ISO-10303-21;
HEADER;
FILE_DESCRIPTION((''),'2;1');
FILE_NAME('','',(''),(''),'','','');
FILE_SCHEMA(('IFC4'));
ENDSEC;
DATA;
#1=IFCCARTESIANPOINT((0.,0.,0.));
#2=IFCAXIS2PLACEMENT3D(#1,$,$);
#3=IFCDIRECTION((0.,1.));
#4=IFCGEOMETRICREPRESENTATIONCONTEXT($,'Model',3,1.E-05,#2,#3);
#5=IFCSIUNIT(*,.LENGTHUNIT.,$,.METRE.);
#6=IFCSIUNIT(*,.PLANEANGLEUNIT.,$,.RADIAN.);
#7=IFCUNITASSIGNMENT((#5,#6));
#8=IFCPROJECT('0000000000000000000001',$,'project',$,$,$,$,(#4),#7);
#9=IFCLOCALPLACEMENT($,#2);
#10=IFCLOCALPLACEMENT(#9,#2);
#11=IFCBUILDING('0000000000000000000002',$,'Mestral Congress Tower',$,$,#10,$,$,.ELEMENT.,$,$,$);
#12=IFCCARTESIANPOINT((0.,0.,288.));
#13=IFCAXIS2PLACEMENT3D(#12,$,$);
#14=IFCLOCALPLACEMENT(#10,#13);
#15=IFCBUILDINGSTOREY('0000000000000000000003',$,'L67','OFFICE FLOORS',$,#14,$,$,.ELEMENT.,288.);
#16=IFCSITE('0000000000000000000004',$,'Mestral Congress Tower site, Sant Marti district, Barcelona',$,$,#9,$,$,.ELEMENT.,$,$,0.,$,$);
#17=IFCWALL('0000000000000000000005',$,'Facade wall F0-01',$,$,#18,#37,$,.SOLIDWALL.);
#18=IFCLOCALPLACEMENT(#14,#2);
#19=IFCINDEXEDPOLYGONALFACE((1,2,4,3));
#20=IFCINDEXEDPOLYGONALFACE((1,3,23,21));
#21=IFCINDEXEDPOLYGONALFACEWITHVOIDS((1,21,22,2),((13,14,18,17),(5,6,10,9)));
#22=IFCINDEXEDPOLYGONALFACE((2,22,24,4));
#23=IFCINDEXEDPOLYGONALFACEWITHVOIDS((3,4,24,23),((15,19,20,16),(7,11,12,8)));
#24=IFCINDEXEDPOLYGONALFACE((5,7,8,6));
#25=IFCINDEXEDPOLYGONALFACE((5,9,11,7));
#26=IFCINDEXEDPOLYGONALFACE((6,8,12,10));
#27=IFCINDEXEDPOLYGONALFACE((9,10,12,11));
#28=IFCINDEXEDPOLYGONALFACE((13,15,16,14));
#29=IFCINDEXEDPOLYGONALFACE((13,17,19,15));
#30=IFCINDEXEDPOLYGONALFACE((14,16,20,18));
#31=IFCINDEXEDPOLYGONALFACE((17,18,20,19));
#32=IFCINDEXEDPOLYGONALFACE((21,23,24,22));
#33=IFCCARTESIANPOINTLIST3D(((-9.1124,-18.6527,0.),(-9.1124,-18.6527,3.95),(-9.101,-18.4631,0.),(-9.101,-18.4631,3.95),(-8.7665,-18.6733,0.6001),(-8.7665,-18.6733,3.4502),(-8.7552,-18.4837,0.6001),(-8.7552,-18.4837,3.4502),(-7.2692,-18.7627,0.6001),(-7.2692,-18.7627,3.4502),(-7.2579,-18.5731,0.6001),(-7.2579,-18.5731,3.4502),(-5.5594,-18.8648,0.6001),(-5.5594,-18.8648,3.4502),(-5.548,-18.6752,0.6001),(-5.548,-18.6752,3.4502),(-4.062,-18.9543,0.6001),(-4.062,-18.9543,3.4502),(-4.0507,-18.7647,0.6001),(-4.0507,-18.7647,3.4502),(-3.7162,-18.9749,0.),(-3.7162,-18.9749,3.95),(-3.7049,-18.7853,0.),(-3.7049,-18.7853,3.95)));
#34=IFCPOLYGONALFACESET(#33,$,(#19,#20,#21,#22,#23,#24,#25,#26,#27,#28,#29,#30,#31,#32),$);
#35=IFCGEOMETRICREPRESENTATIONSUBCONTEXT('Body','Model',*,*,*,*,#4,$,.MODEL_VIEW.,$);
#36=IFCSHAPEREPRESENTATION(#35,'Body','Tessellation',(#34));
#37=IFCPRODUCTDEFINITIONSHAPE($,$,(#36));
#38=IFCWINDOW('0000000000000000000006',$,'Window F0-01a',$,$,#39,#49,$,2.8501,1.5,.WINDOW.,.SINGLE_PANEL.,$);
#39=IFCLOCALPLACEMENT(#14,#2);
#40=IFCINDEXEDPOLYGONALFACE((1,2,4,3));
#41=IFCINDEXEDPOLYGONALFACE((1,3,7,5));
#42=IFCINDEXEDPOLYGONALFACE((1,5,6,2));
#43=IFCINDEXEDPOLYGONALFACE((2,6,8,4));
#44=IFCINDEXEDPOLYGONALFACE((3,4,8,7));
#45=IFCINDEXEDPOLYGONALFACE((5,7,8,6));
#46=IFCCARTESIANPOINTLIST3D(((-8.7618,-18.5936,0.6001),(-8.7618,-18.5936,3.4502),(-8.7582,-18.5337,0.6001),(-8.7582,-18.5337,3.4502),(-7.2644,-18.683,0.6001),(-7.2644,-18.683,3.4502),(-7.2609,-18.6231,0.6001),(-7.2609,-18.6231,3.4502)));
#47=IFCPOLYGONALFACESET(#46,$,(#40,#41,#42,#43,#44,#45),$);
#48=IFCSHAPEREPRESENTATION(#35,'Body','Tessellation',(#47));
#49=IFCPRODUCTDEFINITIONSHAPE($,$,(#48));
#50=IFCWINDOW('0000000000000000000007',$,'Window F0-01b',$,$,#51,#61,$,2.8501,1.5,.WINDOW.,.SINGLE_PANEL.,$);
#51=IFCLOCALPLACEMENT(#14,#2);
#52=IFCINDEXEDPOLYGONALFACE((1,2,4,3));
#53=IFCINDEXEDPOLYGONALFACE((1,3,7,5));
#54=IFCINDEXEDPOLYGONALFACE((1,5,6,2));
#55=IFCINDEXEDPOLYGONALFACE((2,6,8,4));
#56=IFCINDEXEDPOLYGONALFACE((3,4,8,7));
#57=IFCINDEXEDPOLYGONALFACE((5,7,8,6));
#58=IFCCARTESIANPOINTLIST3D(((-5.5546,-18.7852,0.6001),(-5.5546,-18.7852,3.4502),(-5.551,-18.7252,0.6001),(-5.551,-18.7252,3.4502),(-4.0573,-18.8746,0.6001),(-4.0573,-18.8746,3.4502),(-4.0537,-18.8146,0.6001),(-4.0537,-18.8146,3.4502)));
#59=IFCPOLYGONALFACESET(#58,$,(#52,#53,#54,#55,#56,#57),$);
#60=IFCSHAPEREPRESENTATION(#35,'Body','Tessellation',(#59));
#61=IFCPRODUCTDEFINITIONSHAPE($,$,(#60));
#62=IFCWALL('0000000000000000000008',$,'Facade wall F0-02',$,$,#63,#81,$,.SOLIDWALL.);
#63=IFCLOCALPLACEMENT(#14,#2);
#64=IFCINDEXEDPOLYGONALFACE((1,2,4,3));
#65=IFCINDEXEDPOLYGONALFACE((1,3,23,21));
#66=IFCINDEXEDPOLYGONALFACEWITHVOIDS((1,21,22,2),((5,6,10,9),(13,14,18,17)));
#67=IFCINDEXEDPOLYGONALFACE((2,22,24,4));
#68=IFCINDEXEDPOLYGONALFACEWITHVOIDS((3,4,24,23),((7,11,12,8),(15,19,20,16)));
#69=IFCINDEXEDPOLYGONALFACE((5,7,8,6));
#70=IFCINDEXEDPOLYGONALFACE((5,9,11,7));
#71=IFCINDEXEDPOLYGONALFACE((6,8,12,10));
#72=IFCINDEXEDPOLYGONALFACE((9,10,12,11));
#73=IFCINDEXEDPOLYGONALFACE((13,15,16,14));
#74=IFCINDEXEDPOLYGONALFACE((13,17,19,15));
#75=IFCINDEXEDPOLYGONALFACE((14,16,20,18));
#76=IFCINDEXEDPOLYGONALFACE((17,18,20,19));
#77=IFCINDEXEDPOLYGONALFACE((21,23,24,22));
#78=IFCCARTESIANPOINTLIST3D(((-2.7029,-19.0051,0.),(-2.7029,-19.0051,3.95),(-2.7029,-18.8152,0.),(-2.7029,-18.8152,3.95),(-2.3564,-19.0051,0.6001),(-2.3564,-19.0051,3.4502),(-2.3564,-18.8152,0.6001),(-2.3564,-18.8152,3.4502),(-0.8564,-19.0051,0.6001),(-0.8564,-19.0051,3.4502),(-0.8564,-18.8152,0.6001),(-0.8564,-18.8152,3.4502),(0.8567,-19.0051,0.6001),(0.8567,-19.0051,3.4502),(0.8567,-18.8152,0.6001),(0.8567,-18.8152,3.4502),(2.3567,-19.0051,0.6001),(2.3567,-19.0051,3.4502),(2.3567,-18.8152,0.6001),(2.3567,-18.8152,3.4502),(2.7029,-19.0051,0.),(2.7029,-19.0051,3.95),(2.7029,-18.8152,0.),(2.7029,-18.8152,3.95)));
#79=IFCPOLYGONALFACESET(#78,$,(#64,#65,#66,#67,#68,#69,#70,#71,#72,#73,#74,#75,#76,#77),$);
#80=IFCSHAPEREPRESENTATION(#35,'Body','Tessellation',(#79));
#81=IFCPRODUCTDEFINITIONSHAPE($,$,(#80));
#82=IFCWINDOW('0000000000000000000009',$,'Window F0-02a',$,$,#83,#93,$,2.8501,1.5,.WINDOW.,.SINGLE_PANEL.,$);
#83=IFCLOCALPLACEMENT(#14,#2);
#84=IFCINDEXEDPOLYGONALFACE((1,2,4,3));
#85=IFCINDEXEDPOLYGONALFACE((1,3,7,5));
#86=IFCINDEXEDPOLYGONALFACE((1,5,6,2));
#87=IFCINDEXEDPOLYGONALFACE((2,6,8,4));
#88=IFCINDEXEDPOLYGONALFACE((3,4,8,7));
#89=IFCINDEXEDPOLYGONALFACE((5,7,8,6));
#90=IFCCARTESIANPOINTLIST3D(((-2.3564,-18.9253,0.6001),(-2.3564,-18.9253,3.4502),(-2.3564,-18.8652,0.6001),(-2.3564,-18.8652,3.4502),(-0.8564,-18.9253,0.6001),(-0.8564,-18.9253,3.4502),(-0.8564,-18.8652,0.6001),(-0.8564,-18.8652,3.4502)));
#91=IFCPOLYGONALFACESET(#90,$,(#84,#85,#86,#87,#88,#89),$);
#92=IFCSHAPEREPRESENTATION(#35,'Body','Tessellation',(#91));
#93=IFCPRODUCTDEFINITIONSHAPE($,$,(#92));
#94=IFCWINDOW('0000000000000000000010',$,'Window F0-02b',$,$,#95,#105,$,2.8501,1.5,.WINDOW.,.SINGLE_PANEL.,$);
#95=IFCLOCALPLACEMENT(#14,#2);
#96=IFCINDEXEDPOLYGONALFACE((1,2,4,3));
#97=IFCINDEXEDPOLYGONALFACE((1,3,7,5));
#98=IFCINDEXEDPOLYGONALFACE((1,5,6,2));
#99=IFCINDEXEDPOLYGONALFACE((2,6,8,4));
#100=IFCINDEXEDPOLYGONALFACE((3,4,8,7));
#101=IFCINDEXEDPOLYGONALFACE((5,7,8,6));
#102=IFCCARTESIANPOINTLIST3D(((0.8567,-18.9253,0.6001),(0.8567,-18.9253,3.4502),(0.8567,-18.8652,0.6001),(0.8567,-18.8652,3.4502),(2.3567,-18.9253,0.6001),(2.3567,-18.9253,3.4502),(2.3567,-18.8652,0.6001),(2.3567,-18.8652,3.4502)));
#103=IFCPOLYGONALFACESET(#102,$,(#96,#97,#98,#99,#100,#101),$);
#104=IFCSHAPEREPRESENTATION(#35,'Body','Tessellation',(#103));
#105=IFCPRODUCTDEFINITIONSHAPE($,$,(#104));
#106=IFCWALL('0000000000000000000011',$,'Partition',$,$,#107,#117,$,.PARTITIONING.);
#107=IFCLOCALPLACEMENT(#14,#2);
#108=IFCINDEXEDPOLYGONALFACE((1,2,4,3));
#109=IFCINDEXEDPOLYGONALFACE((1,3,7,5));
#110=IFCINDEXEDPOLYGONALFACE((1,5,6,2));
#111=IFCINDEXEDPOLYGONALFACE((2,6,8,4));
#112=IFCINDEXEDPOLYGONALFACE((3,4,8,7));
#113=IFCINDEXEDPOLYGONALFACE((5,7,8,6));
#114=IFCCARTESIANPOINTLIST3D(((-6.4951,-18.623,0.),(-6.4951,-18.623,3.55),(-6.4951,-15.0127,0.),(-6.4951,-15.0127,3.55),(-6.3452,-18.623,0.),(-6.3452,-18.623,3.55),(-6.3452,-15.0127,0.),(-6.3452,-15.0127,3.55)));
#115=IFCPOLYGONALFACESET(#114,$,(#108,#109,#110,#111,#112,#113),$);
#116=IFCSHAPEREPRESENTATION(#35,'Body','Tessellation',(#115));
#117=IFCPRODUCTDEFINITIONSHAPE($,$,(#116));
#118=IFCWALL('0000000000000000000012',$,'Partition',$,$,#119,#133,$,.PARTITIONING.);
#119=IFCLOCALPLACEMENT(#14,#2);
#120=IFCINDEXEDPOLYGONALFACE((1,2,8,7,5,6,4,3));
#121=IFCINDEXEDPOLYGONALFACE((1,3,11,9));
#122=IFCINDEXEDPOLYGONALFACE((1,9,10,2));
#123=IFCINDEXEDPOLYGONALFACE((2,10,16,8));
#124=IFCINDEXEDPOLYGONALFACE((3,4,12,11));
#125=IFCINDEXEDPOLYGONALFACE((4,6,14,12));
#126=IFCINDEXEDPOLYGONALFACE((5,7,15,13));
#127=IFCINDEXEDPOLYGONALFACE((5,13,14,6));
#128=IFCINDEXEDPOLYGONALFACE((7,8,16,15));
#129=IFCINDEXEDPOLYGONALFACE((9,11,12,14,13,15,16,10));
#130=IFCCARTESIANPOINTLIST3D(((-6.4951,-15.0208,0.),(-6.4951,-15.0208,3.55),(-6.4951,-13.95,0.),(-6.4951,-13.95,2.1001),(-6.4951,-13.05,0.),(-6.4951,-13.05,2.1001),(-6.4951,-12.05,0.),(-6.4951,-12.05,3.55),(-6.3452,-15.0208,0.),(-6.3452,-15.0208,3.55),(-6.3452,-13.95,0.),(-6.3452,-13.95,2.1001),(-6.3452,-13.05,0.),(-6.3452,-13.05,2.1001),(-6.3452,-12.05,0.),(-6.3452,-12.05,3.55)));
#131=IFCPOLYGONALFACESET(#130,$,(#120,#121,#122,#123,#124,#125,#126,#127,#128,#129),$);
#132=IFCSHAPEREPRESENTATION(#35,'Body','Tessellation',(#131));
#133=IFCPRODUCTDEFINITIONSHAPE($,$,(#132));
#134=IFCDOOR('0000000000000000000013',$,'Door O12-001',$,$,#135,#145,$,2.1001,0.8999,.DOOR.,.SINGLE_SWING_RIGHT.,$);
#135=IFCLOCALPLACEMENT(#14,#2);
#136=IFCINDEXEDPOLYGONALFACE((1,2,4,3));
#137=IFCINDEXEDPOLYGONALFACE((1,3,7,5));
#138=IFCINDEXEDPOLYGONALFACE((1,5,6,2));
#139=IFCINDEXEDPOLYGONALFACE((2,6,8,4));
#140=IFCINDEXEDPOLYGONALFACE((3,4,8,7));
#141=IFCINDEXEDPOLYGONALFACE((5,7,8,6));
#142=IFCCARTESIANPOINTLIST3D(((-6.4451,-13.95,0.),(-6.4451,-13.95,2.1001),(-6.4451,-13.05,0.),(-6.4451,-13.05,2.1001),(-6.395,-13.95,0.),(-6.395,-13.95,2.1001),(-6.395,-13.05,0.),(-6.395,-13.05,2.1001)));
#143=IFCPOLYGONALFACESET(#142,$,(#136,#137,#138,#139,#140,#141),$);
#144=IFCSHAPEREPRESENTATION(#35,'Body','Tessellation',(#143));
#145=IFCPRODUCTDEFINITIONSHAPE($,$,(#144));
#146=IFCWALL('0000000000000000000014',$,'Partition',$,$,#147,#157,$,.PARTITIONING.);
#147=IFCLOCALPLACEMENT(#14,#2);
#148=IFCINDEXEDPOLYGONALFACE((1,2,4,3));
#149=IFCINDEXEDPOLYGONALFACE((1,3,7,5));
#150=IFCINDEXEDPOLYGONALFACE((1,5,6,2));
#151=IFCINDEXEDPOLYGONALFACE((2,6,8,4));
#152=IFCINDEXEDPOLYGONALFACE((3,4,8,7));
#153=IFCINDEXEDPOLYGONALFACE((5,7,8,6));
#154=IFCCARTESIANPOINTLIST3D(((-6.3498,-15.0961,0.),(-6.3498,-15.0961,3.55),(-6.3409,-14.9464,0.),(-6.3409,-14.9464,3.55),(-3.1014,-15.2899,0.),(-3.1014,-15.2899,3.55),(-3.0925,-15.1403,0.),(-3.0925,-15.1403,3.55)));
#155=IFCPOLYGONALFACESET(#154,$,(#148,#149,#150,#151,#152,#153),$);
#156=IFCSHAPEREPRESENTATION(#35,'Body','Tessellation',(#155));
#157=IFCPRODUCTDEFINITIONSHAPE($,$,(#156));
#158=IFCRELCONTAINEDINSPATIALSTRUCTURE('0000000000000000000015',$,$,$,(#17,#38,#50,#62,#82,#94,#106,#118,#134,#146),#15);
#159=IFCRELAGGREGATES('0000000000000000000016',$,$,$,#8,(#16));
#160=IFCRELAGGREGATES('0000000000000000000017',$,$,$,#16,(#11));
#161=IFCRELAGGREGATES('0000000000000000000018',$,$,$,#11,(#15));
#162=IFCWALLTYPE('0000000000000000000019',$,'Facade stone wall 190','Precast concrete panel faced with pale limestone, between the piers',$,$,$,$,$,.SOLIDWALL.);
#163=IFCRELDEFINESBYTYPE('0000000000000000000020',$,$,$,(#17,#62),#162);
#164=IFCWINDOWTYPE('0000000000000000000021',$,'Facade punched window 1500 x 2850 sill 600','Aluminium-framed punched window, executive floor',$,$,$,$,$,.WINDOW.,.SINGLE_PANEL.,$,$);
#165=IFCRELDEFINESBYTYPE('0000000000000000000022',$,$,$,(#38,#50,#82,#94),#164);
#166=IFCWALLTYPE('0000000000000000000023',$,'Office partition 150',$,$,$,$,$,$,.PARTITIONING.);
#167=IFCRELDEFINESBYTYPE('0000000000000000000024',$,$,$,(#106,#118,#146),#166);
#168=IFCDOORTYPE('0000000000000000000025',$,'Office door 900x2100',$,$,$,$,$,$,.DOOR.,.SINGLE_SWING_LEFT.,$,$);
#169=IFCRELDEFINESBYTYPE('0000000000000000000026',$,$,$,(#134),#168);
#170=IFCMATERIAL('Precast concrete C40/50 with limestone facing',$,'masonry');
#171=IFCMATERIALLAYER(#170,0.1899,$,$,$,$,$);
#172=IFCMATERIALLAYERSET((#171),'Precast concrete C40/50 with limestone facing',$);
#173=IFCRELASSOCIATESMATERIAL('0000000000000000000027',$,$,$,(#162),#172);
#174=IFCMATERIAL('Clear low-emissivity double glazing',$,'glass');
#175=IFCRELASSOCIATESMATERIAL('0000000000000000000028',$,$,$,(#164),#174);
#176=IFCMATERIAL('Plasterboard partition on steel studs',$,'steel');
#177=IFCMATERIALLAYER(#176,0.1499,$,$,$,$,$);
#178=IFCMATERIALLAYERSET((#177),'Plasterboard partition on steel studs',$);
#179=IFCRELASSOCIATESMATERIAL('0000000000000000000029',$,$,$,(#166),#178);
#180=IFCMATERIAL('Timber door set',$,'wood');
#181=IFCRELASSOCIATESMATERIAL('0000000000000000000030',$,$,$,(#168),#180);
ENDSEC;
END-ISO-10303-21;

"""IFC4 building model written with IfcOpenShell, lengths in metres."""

from ifc_helpers import new_model, si_unit, direction, frame, frame_2d, origin, place, context, subcontext, project, spatial, rectangle, extrude, material, layer, layer_set, type_object, element, fill, save


model = new_model("IFC4")

# Units and contexts
model_context = context("Model", 3, precision=1e-05, world=origin(), true_north=direction((0.0, 1.0)))
body_context = subcontext(model_context, "Body", "Model", "MODEL_VIEW")
ifc_project = project(units=[si_unit("LENGTHUNIT", "METRE"), si_unit("PLANEANGLEUNIT", "RADIAN")], contexts=[model_context])

# Site, building, storey
site_placement = place(None, origin())
site = spatial("IfcSite", under=ifc_project, at=site_placement, Name="Mestral Congress Tower site, Sant Marti district, Barcelona", CompositionType="ELEMENT", RefElevation=0.0)
building_placement = place(site_placement, origin())
building = spatial("IfcBuilding", under=site, at=building_placement, Name="Mestral Congress Tower", CompositionType="ELEMENT")
storey_placement = place(building_placement, frame((0.0, 0.0, 288.0)))
storey = spatial("IfcBuildingStorey", under=building, at=storey_placement, Name="L67", Description="OFFICE FLOORS", CompositionType="ELEMENT", Elevation=288.0)

# Walls, openings, windows
ifc_material_1 = material(Name="Precast concrete C40/50 with limestone facing", Category="masonry")
ifc_layer_1 = layer(ifc_material_1, 0.1899)
ifc_layer_set_1 = layer_set([ifc_layer_1], Name="Precast concrete C40/50 with limestone facing")
wall_type_1 = type_object("IfcWallType", Name="Facade stone wall 190", Description="Precast concrete panel faced with pale limestone, between the piers", PredefinedType="SOLIDWALL", material=ifc_layer_set_1)
wall_1_placement = place(storey_placement, frame((-9.1067, -18.5579, 0.0), z_axis=(0.0, 0.0, 1.0), x_axis=(0.998221, -0.059614, 0.0)))
wall_1 = element("IfcWall", 1, at=wall_1_placement, inside=storey, type_object=wall_type_1, Name="Facade wall F0-01", PredefinedType="SOLIDWALL", context=body_context, shape_type="SweptSolid", body=[
    extrude(rectangle(XDim=5.4058, YDim=0.1899, at=frame_2d((2.7029, 0.0))), origin(), (0.0, 0.0, 1.0), 3.95),
])
opening_1_placement = place(wall_1_placement, frame((0.3464, 0.0, 0.6001)))
opening_1 = element("IfcOpeningElement", 2, at=opening_1_placement, cuts=wall_1, PredefinedType="OPENING", context=body_context, shape_type="SweptSolid", body=[
    extrude(rectangle(XDim=1.5, YDim=2.8501, at=frame_2d((0.75, 1.425))), frame((0.0, 0.105, 0.0), z_axis=(0.0, -1.0, 0.0), x_axis=(1.0, 0.0, 0.0)), (0.0, 0.0, 1.0), 0.21),
])
opening_2_placement = place(wall_1_placement, frame((3.5593, 0.0, 0.6001)))
opening_2 = element("IfcOpeningElement", 3, at=opening_2_placement, cuts=wall_1, PredefinedType="OPENING", context=body_context, shape_type="SweptSolid", body=[
    extrude(rectangle(XDim=1.5, YDim=2.8501, at=frame_2d((0.75, 1.425))), frame((0.0, 0.105, 0.0), z_axis=(0.0, -1.0, 0.0), x_axis=(1.0, 0.0, 0.0)), (0.0, 0.0, 1.0), 0.21),
])
ifc_material_2 = material(Name="Clear low-emissivity double glazing", Category="glass")
window_type = type_object("IfcWindowType", Name="Facade punched window 1500 x 2850 sill 600", Description="Aluminium-framed punched window, executive floor", PartitioningType="SINGLE_PANEL", PredefinedType="WINDOW", material=ifc_material_2)
window_1_placement = place(opening_1_placement, origin())
window_1 = element("IfcWindow", 4, at=window_1_placement, inside=storey, type_object=window_type, Name="Window F0-01a", OverallHeight=2.8501, OverallWidth=1.5, PartitioningType="SINGLE_PANEL", PredefinedType="WINDOW", context=body_context, shape_type="SweptSolid", body=[
    extrude(rectangle(XDim=1.5, YDim=2.8501, at=frame_2d((0.75, 1.425))), frame((0.0, 0.0449, 0.0), z_axis=(0.0, -1.0, 0.0), x_axis=(1.0, 0.0, 0.0)), (0.0, 0.0, 1.0), 0.0601),
])
fill(opening_1, window_1)
window_2_placement = place(opening_2_placement, origin())
window_2 = element("IfcWindow", 5, at=window_2_placement, inside=storey, type_object=window_type, Name="Window F0-01b", OverallHeight=2.8501, OverallWidth=1.5, PartitioningType="SINGLE_PANEL", PredefinedType="WINDOW", context=body_context, shape_type="SweptSolid", body=[
    extrude(rectangle(XDim=1.5, YDim=2.8501, at=frame_2d((0.75, 1.425))), frame((0.0, 0.0449, 0.0), z_axis=(0.0, -1.0, 0.0), x_axis=(1.0, 0.0, 0.0)), (0.0, 0.0, 1.0), 0.0601),
])
fill(opening_2, window_2)
wall_2_placement = place(storey_placement, frame((-2.7029, -18.9102, 0.0), z_axis=(0.0, 0.0, 1.0), x_axis=(1.0, 0.0, 0.0)))
wall_2 = element("IfcWall", 6, at=wall_2_placement, inside=storey, type_object=wall_type_1, Name="Facade wall F0-02", PredefinedType="SOLIDWALL", context=body_context, shape_type="SweptSolid", body=[
    extrude(rectangle(XDim=5.4058, YDim=0.1899, at=frame_2d((2.7029, 0.0))), origin(), (0.0, 0.0, 1.0), 3.95),
])
opening_3_placement = place(wall_2_placement, frame((0.3464, 0.0, 0.6001)))
opening_3 = element("IfcOpeningElement", 7, at=opening_3_placement, cuts=wall_2, PredefinedType="OPENING", context=body_context, shape_type="SweptSolid", body=[
    extrude(rectangle(XDim=1.5, YDim=2.8501, at=frame_2d((0.75, 1.425))), frame((0.0, 0.105, 0.0), z_axis=(0.0, -1.0, 0.0), x_axis=(1.0, 0.0, 0.0)), (0.0, 0.0, 1.0), 0.21),
])
opening_4_placement = place(wall_2_placement, frame((3.5596, 0.0, 0.6001)))
opening_4 = element("IfcOpeningElement", 8, at=opening_4_placement, cuts=wall_2, PredefinedType="OPENING", context=body_context, shape_type="SweptSolid", body=[
    extrude(rectangle(XDim=1.5, YDim=2.8501, at=frame_2d((0.75, 1.425))), frame((0.0, 0.105, 0.0), z_axis=(0.0, -1.0, 0.0), x_axis=(1.0, 0.0, 0.0)), (0.0, 0.0, 1.0), 0.21),
])
window_3_placement = place(opening_3_placement, origin())
window_3 = element("IfcWindow", 9, at=window_3_placement, inside=storey, type_object=window_type, Name="Window F0-02a", OverallHeight=2.8501, OverallWidth=1.5, PartitioningType="SINGLE_PANEL", PredefinedType="WINDOW", context=body_context, shape_type="SweptSolid", body=[
    extrude(rectangle(XDim=1.5, YDim=2.8501, at=frame_2d((0.75, 1.425))), frame((0.0, 0.0449, 0.0), z_axis=(0.0, -1.0, 0.0), x_axis=(1.0, 0.0, 0.0)), (0.0, 0.0, 1.0), 0.0601),
])
fill(opening_3, window_3)
window_4_placement = place(opening_4_placement, origin())
window_4 = element("IfcWindow", 10, at=window_4_placement, inside=storey, type_object=window_type, Name="Window F0-02b", OverallHeight=2.8501, OverallWidth=1.5, PartitioningType="SINGLE_PANEL", PredefinedType="WINDOW", context=body_context, shape_type="SweptSolid", body=[
    extrude(rectangle(XDim=1.5, YDim=2.8501, at=frame_2d((0.75, 1.425))), frame((0.0, 0.0449, 0.0), z_axis=(0.0, -1.0, 0.0), x_axis=(1.0, 0.0, 0.0)), (0.0, 0.0, 1.0), 0.0601),
])
fill(opening_4, window_4)

# Wall
ifc_material_3 = material(Name="Plasterboard partition on steel studs", Category="steel")
ifc_layer_2 = layer(ifc_material_3, 0.1499)
ifc_layer_set_2 = layer_set([ifc_layer_2], Name="Plasterboard partition on steel studs")
wall_type_2 = type_object("IfcWallType", Name="Office partition 150", PredefinedType="PARTITIONING", material=ifc_layer_set_2)
wall_3_placement = place(storey_placement, frame((-6.4202, -15.0127, 0.0), z_axis=(0.0, 0.0, 1.0), x_axis=(0.0, -1.0, 0.0)))
element("IfcWall", 11, at=wall_3_placement, inside=storey, type_object=wall_type_2, Name="Partition", PredefinedType="PARTITIONING", context=body_context, shape_type="SweptSolid", body=[
    extrude(rectangle(XDim=3.6104, YDim=0.1499, at=frame_2d((1.8052, 0.0))), origin(), (0.0, 0.0, 1.0), 3.55),
])

# Wall, opening, door
wall_4_placement = place(storey_placement, frame((-6.4202, -15.0208, 0.0), z_axis=(0.0, 0.0, 1.0), x_axis=(0.0, 1.0, 0.0)))
wall_4 = element("IfcWall", 12, at=wall_4_placement, inside=storey, type_object=wall_type_2, Name="Partition", PredefinedType="PARTITIONING", context=body_context, shape_type="SweptSolid", body=[
    extrude(rectangle(XDim=2.9707, YDim=0.1499, at=frame_2d((1.4854, 0.0))), origin(), (0.0, 0.0, 1.0), 3.55),
])
opening_5_placement = place(wall_4_placement, frame((1.0708, 0.0, 0.0)))
opening_5 = element("IfcOpeningElement", 13, at=opening_5_placement, cuts=wall_4, PredefinedType="OPENING", context=body_context, shape_type="SweptSolid", body=[
    extrude(rectangle(XDim=0.8999, YDim=2.1001, at=frame_2d((0.45, 1.05))), frame((0.0, 0.085, 0.0), z_axis=(0.0, -1.0, 0.0), x_axis=(1.0, 0.0, 0.0)), (0.0, 0.0, 1.0), 0.1699),
])
ifc_material_4 = material(Name="Timber door set", Category="wood")
door_type_1 = type_object("IfcDoorType", Name="Office door 900x2100", OperationType="SINGLE_SWING_LEFT", PredefinedType="DOOR", material=ifc_material_4)
door_1_placement = place(opening_5_placement, origin())
door_1 = element("IfcDoor", 14, at=door_1_placement, inside=storey, type_object=door_type_1, Name="Door O12-001", OperationType="SINGLE_SWING_RIGHT", OverallHeight=2.1001, OverallWidth=0.8999, PredefinedType="DOOR", context=body_context, shape_type="SweptSolid", body=[
    extrude(rectangle(XDim=0.8999, YDim=2.1001, at=frame_2d((0.45, 1.05))), frame((0.0, 0.0249, 0.0), z_axis=(0.0, -1.0, 0.0), x_axis=(1.0, 0.0, 0.0)), (0.0, 0.0, 1.0), 0.05),
])
fill(opening_5, door_1)

# Wall
wall_5_placement = place(storey_placement, frame((-6.3452, -15.0212, 0.0), z_axis=(0.0, 0.0, 1.0), x_axis=(0.998224, -0.059571, 0.0)))
element("IfcWall", 15, at=wall_5_placement, inside=storey, type_object=wall_type_2, Name="Partition", PredefinedType="PARTITIONING", context=body_context, shape_type="SweptSolid", body=[
    extrude(rectangle(XDim=3.2542, YDim=0.1499, at=frame_2d((1.627, 0.0))), origin(), (0.0, 0.0, 1.0), 3.55),
])

save(model, "model.ifc")
